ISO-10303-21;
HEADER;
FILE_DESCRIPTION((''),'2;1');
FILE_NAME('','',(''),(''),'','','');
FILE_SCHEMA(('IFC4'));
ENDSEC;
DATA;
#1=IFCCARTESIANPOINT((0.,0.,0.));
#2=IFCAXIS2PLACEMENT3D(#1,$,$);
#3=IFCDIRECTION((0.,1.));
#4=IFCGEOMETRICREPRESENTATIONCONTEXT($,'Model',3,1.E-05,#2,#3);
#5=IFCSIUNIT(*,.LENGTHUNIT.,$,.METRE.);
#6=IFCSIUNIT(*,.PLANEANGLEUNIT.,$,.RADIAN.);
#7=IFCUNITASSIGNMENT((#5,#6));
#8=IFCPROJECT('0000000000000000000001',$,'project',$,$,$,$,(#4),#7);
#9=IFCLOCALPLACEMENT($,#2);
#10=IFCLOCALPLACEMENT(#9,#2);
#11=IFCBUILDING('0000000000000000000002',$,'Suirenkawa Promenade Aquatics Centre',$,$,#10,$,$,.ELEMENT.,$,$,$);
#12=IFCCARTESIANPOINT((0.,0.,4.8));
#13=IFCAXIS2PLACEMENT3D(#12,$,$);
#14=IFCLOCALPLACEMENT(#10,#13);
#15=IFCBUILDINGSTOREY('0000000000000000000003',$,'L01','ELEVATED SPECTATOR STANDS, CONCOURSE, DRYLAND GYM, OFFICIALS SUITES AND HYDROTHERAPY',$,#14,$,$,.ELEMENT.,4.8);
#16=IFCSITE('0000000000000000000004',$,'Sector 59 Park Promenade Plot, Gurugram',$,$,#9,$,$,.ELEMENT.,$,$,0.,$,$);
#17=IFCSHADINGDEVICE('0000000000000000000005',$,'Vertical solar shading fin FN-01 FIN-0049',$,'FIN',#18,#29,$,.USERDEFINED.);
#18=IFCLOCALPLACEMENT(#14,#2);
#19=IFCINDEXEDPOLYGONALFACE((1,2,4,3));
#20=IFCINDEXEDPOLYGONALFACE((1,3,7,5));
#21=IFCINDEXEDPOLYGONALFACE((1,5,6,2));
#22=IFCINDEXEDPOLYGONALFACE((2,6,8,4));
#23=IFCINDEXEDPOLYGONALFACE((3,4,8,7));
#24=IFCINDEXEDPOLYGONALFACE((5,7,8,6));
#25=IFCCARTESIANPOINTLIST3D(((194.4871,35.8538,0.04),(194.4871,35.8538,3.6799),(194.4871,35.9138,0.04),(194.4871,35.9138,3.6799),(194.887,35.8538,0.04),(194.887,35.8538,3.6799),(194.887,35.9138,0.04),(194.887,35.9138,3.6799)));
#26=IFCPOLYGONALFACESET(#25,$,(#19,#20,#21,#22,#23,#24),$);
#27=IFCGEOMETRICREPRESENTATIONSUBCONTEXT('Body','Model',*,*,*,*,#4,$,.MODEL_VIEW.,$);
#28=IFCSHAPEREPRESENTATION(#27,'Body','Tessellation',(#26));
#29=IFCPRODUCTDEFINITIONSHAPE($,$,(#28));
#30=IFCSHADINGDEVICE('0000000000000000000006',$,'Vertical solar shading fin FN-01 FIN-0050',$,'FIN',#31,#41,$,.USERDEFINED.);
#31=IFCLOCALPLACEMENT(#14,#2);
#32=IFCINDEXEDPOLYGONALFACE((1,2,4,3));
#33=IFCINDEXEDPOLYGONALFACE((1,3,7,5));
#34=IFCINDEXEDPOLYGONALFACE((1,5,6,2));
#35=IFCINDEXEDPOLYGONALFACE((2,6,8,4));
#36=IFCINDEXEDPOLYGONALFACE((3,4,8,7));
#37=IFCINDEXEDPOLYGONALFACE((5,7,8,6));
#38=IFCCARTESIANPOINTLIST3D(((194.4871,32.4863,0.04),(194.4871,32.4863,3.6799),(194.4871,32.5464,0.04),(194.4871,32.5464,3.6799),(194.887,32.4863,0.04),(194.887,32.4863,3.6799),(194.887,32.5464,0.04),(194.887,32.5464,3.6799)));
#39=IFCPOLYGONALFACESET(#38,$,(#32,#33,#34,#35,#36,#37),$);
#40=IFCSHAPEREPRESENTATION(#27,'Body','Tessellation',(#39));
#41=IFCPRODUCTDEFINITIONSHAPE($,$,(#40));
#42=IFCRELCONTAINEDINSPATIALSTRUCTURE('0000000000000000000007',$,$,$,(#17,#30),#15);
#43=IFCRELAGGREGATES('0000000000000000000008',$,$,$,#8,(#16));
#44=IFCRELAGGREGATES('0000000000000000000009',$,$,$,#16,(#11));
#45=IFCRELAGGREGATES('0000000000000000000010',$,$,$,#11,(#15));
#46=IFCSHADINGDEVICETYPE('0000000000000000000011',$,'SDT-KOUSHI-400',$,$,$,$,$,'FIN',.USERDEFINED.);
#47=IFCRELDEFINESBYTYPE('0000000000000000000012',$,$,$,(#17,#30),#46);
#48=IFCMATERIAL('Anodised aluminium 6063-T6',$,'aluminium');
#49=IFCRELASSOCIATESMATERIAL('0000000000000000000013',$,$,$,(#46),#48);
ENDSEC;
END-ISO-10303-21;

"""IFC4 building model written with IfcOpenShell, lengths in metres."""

from ifc_helpers import new_model, si_unit, direction, frame, origin, origin_2d, place, context, subcontext, project, spatial, rectangle, extrude, material, type_object, element, save


model = new_model("IFC4")

# Units and contexts
model_context = context("Model", 3, precision=1e-05, world=origin(), true_north=direction((0.0, 1.0)))
body_context = subcontext(model_context, "Body", "Model", "MODEL_VIEW")
ifc_project = project(units=[si_unit("LENGTHUNIT", "METRE"), si_unit("PLANEANGLEUNIT", "RADIAN")], contexts=[model_context])

# Site, building, storey
site_placement = place(None, origin())
site = spatial("IfcSite", under=ifc_project, at=site_placement, Name="Sector 59 Park Promenade Plot, Gurugram", CompositionType="ELEMENT", RefElevation=0.0)
building_placement = place(site_placement, origin())
building = spatial("IfcBuilding", under=site, at=building_placement, Name="Suirenkawa Promenade Aquatics Centre", CompositionType="ELEMENT")
storey_placement = place(building_placement, frame((0.0, 0.0, 4.8)))
storey = spatial("IfcBuildingStorey", under=building, at=storey_placement, Name="L01", Description="ELEVATED SPECTATOR STANDS, CONCOURSE, DRYLAND GYM, OFFICIALS SUITES AND HYDROTHERAPY", CompositionType="ELEMENT", Elevation=4.8)

# Shared definitions
ifc_material_1 = material(Name="Anodised aluminium 6063-T6", Category="aluminium")

# Shading devices
shading_device_type = type_object("IfcShadingDeviceType", Name="SDT-KOUSHI-400", ElementType="FIN", PredefinedType="USERDEFINED", material=ifc_material_1)
for number, where, z_axis, x_axis, name in (
    (1, (194.687, 35.8838, 0.04), (0.0, 0.0, 1.0), (1.0, 0.0, 0.0), "Vertical solar shading fin FN-01 FIN-0049"),
    (2, (194.687, 32.5164, 0.04), (0.0, 0.0, 1.0), (1.0, 0.0, 0.0), "Vertical solar shading fin FN-01 FIN-0050"),
):
    element("IfcShadingDevice", number, at=place(storey_placement, frame(where, z_axis=z_axis, x_axis=x_axis)), inside=storey, type_object=shading_device_type, Name=name, ObjectType="FIN", PredefinedType="USERDEFINED", context=body_context, shape_type="SweptSolid", body=[
        extrude(rectangle(XDim=0.3999, YDim=0.0601, at=origin_2d()), origin(), (0.0, 0.0, 1.0), 3.6399),
    ])

save(model, "model.ifc")
